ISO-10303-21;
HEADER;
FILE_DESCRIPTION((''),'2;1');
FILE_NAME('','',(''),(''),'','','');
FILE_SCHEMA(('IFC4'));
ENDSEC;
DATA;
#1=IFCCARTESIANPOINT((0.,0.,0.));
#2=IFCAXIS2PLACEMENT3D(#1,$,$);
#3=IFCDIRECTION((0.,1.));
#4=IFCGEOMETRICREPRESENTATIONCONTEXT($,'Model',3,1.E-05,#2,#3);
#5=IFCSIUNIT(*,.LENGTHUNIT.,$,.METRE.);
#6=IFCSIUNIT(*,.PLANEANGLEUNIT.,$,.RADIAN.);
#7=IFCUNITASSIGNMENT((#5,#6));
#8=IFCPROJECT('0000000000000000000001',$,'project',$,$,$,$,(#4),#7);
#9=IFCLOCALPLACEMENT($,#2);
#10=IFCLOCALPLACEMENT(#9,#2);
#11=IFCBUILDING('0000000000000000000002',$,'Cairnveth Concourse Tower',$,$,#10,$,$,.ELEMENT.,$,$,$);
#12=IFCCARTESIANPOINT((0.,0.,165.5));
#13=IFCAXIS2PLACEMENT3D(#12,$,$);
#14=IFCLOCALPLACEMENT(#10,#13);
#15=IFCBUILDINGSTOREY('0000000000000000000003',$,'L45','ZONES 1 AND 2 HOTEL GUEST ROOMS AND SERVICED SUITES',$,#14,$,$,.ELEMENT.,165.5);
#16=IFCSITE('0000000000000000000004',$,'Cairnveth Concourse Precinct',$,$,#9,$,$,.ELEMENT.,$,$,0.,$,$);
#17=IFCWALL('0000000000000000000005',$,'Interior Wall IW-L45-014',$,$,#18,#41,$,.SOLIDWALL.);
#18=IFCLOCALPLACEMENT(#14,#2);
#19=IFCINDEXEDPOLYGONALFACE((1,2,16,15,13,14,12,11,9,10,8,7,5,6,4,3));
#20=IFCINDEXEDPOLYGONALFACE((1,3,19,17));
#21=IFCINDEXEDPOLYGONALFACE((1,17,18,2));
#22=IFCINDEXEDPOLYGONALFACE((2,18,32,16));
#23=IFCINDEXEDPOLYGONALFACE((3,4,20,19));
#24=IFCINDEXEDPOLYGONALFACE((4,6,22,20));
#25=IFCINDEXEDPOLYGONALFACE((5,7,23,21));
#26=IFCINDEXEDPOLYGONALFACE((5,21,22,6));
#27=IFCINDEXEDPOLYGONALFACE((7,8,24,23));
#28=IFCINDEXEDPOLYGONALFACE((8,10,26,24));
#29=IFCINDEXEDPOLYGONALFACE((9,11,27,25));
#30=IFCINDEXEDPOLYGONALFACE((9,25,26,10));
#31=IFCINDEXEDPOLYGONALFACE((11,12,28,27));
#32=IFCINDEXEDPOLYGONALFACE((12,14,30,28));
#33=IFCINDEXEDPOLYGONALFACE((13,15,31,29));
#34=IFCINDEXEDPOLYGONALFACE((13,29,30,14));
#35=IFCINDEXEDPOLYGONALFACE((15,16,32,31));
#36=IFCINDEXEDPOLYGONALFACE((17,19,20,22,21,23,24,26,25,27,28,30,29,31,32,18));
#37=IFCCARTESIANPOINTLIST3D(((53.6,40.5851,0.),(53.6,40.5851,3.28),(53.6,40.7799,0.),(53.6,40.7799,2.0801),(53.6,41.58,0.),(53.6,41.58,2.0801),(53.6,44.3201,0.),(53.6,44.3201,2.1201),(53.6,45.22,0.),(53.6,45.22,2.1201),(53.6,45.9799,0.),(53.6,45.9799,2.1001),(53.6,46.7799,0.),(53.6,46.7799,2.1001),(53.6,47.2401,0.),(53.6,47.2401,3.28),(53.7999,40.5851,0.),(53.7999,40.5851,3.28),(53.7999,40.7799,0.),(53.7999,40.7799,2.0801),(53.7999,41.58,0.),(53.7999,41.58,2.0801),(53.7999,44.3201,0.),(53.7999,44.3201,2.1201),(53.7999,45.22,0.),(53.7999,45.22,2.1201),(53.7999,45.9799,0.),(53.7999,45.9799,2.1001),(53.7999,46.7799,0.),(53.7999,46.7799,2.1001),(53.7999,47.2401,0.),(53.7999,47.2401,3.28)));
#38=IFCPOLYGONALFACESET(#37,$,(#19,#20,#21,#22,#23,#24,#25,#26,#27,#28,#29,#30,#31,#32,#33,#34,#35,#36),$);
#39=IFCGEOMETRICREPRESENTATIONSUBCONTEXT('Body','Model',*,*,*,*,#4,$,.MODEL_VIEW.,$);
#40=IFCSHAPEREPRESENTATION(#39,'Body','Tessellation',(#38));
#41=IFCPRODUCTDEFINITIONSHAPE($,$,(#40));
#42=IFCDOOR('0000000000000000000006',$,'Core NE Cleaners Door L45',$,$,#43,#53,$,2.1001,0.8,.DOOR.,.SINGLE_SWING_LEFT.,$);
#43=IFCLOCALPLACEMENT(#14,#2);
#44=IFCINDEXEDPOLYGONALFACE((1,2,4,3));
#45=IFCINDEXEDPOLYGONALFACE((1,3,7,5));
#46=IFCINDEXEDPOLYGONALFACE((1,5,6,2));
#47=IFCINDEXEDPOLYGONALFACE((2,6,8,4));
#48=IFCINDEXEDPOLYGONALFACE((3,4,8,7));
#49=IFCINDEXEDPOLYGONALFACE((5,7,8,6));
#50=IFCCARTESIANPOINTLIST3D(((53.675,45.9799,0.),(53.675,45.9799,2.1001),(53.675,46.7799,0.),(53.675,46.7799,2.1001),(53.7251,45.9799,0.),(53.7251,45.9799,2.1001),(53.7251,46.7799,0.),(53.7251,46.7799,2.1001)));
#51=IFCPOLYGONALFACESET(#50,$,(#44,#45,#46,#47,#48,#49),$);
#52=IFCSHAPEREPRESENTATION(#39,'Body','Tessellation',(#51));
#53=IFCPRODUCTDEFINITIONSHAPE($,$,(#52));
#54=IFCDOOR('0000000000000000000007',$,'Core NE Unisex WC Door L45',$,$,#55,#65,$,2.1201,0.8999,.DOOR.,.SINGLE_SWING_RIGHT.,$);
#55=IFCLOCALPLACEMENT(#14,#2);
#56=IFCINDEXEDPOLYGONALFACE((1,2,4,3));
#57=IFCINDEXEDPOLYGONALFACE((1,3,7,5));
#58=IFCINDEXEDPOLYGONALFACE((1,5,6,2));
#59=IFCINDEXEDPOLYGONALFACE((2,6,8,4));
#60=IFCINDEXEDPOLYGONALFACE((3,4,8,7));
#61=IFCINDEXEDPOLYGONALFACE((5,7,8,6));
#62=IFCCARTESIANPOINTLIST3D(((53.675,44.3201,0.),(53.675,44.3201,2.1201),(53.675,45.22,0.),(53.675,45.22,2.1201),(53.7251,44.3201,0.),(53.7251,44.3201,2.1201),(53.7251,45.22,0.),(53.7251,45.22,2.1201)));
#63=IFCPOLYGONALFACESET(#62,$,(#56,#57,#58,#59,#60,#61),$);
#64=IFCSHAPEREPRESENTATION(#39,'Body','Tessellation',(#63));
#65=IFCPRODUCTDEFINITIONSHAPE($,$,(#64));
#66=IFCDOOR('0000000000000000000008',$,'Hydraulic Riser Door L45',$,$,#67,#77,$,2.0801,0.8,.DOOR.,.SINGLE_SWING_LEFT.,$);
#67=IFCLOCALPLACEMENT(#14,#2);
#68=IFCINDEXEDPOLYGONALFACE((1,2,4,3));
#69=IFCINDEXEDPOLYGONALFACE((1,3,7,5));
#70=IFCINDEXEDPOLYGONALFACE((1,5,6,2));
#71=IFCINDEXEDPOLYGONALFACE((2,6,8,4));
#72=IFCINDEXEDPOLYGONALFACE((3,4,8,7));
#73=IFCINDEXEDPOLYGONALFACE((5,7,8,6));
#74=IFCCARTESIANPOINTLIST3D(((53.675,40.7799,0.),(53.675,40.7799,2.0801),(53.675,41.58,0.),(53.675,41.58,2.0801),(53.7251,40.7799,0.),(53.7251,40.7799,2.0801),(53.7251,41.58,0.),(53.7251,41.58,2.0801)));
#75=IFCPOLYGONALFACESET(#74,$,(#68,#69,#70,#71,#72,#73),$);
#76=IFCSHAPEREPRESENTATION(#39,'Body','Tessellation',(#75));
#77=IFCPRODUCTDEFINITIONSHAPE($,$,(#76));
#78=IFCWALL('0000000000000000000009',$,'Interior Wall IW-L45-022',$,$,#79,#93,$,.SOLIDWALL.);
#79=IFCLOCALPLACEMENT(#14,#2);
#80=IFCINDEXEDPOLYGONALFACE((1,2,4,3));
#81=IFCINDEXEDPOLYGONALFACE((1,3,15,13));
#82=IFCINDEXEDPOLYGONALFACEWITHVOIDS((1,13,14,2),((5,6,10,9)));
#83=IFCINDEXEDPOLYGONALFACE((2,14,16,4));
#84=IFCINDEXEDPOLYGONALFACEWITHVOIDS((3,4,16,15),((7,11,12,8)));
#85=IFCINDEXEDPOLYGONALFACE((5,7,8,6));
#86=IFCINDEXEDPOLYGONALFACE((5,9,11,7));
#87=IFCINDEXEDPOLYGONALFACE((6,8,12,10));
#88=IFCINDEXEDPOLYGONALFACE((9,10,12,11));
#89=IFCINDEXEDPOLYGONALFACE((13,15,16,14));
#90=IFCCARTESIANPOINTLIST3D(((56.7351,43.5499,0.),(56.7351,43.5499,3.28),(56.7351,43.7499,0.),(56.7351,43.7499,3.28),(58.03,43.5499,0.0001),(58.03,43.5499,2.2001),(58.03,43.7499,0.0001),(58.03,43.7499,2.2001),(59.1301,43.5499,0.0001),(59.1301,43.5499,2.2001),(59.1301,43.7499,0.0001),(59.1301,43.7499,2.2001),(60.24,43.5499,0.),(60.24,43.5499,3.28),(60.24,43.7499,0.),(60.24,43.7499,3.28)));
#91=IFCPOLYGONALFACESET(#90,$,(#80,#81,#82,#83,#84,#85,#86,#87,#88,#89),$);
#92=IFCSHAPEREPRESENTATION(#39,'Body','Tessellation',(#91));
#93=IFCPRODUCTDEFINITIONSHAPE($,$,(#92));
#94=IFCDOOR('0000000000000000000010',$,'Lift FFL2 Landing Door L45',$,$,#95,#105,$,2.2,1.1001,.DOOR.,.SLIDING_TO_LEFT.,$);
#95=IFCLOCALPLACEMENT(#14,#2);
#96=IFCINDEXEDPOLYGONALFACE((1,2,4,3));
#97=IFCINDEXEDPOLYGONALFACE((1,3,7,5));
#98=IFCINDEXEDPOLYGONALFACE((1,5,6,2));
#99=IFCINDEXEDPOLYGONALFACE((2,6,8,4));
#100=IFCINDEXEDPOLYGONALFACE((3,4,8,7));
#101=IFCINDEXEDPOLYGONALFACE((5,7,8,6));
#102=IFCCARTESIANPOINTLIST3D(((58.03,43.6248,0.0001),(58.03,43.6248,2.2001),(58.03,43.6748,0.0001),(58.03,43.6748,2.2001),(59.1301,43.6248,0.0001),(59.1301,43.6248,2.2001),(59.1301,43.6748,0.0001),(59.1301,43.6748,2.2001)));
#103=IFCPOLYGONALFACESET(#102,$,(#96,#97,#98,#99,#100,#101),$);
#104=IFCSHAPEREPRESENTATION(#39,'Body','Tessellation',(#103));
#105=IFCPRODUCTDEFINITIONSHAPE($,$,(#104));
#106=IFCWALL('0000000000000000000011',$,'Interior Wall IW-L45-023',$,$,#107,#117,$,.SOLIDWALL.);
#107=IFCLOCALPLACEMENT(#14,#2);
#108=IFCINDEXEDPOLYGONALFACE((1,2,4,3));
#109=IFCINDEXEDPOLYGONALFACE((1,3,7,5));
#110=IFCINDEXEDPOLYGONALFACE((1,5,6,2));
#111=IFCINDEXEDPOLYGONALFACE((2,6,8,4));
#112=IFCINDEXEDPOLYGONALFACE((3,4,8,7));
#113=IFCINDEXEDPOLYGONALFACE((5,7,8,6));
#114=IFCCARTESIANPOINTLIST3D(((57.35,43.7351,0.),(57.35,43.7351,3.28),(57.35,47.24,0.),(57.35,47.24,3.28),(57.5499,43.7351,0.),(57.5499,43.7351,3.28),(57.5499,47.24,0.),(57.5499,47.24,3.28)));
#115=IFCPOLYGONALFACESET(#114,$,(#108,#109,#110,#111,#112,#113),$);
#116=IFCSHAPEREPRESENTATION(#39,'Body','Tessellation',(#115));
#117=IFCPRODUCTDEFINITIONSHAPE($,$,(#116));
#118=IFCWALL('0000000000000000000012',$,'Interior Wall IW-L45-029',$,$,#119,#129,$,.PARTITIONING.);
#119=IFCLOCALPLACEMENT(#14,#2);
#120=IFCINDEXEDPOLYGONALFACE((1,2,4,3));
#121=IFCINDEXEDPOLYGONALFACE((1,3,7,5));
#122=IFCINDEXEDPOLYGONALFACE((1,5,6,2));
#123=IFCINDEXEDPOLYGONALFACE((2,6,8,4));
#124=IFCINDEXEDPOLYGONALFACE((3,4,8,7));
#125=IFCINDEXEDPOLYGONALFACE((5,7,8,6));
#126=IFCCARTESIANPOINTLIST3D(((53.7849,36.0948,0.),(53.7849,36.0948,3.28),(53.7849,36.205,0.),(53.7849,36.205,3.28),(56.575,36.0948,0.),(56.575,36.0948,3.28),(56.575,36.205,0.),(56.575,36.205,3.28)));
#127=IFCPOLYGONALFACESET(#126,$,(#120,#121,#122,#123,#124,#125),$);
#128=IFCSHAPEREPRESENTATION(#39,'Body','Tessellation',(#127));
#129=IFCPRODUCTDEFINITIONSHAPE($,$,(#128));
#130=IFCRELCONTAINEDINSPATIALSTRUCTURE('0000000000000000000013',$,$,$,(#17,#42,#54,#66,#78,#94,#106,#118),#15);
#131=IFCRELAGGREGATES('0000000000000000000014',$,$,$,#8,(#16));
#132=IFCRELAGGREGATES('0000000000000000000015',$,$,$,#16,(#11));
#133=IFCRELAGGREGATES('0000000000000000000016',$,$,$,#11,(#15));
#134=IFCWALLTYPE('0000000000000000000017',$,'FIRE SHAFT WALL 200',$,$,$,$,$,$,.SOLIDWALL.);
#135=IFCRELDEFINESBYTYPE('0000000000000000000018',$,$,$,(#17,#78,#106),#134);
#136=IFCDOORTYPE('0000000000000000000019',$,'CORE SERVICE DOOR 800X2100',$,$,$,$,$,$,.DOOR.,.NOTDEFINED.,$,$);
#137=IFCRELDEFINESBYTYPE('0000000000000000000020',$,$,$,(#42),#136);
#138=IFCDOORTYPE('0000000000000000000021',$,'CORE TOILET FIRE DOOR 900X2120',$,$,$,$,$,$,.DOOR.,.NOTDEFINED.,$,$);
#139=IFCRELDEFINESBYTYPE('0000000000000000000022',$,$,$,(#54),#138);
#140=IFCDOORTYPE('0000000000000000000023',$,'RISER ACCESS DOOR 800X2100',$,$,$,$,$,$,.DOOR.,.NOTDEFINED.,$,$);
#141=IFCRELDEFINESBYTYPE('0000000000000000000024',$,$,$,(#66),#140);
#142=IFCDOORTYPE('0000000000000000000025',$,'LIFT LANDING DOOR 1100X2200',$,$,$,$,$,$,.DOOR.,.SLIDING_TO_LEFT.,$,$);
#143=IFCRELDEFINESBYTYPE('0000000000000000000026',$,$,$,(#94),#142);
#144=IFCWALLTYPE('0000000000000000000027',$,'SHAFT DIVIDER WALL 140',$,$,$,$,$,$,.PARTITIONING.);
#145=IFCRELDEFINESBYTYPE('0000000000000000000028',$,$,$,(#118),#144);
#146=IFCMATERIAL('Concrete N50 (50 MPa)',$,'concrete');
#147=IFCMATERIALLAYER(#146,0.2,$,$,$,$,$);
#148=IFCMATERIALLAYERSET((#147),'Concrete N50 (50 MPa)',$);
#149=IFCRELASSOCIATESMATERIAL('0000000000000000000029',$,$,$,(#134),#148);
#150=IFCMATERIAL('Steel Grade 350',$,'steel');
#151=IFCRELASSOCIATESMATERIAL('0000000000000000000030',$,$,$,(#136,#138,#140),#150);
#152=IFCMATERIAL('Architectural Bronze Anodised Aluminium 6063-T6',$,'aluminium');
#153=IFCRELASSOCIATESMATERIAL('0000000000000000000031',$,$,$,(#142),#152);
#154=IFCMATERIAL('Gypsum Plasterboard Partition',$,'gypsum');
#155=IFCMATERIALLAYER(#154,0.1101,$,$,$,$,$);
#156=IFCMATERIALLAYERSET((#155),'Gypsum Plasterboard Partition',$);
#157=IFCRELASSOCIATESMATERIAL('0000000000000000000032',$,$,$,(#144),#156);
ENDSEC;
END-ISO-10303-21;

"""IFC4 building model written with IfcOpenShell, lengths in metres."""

from ifc_helpers import new_model, si_unit, direction, frame, frame_2d, origin, place, context, subcontext, project, spatial, rectangle, extrude, material, layer, layer_set, type_object, element, fill, save


model = new_model("IFC4")

# Units and contexts
model_context = context("Model", 3, precision=1e-05, world=origin(), true_north=direction((0.0, 1.0)))
body_context = subcontext(model_context, "Body", "Model", "MODEL_VIEW")
ifc_project = project(units=[si_unit("LENGTHUNIT", "METRE"), si_unit("PLANEANGLEUNIT", "RADIAN")], contexts=[model_context])

# Site, building, storey
site_placement = place(None, origin())
site = spatial("IfcSite", under=ifc_project, at=site_placement, Name="Cairnveth Concourse Precinct", CompositionType="ELEMENT", RefElevation=0.0)
building_placement = place(site_placement, origin())
building = spatial("IfcBuilding", under=site, at=building_placement, Name="Cairnveth Concourse Tower", CompositionType="ELEMENT")
storey_placement = place(building_placement, frame((0.0, 0.0, 165.5)))
storey = spatial("IfcBuildingStorey", under=building, at=storey_placement, Name="L45", Description="ZONES 1 AND 2 HOTEL GUEST ROOMS AND SERVICED SUITES", CompositionType="ELEMENT", Elevation=165.5)

# Shared definitions
ifc_material_1 = material(Name="Steel Grade 350", Category="steel")

# Shared definitions
ifc_material_2 = material(Name="Gypsum Plasterboard Partition", Category="gypsum")
ifc_material_3 = material(Name="Concrete N50 (50 MPa)", Category="concrete")

# Shared definitions
ifc_layer_1 = layer(ifc_material_3, 0.2)
ifc_layer_set_1 = layer_set([ifc_layer_1], Name="Concrete N50 (50 MPa)")
wall_type_1 = type_object("IfcWallType", Name="FIRE SHAFT WALL 200", PredefinedType="SOLIDWALL", material=ifc_layer_set_1)

# Wall, openings, doors
wall_1_placement = place(storey_placement, frame((53.7, 40.585, 0.0), z_axis=(0.0, 0.0, 1.0), x_axis=(0.0, 1.0, 0.0)))
wall_1 = element("IfcWall", 1, at=wall_1_placement, inside=storey, type_object=wall_type_1, Name="Interior Wall IW-L45-014", PredefinedType="SOLIDWALL", context=body_context, shape_type="SweptSolid", body=[
    extrude(rectangle(XDim=6.655, YDim=0.2, at=frame_2d((3.3276, 0.0))), origin(), (0.0, 0.0, 1.0), 3.28),
])
opening_1_placement = place(wall_1_placement, frame((0.1951, 0.0, 0.0)))
opening_1 = element("IfcOpeningElement", 2, at=opening_1_placement, cuts=wall_1, PredefinedType="OPENING", context=body_context, shape_type="SweptSolid", body=[
    extrude(rectangle(XDim=0.8, YDim=2.0801, at=frame_2d((0.3999, 1.04))), frame((0.0, 0.1099, 0.0), z_axis=(0.0, -1.0, 0.0), x_axis=(1.0, 0.0, 0.0)), (0.0, 0.0, 1.0), 0.22),
])
opening_2_placement = place(wall_1_placement, frame((3.7351, 0.0, 0.0)))
opening_2 = element("IfcOpeningElement", 3, at=opening_2_placement, cuts=wall_1, PredefinedType="OPENING", context=body_context, shape_type="SweptSolid", body=[
    extrude(rectangle(XDim=0.8999, YDim=2.1201, at=frame_2d((0.45, 1.0601))), frame((0.0, 0.1099, 0.0), z_axis=(0.0, -1.0, 0.0), x_axis=(1.0, 0.0, 0.0)), (0.0, 0.0, 1.0), 0.22),
])
opening_3_placement = place(wall_1_placement, frame((5.395, 0.0, 0.0)))
opening_3 = element("IfcOpeningElement", 4, at=opening_3_placement, cuts=wall_1, PredefinedType="OPENING", context=body_context, shape_type="SweptSolid", body=[
    extrude(rectangle(XDim=0.8, YDim=2.1001, at=frame_2d((0.3999, 1.05))), frame((0.0, 0.1099, 0.0), z_axis=(0.0, -1.0, 0.0), x_axis=(1.0, 0.0, 0.0)), (0.0, 0.0, 1.0), 0.22),
])
door_type_1 = type_object("IfcDoorType", Name="CORE SERVICE DOOR 800X2100", OperationType="NOTDEFINED", PredefinedType="DOOR", material=ifc_material_1)
door_1_placement = place(opening_3_placement, origin())
door_1 = element("IfcDoor", 5, at=door_1_placement, inside=storey, type_object=door_type_1, Name="Core NE Cleaners Door L45", OperationType="SINGLE_SWING_LEFT", OverallHeight=2.1001, OverallWidth=0.8, PredefinedType="DOOR", context=body_context, shape_type="SweptSolid", body=[
    extrude(rectangle(XDim=0.8, YDim=2.1001, at=frame_2d((0.3999, 1.05))), frame((0.0, 0.0249, 0.0), z_axis=(0.0, -1.0, 0.0), x_axis=(1.0, 0.0, 0.0)), (0.0, 0.0, 1.0), 0.05),
])
fill(opening_3, door_1)
door_type_2 = type_object("IfcDoorType", Name="CORE TOILET FIRE DOOR 900X2120", OperationType="NOTDEFINED", PredefinedType="DOOR", material=ifc_material_1)
door_2_placement = place(opening_2_placement, origin())
door_2 = element("IfcDoor", 6, at=door_2_placement, inside=storey, type_object=door_type_2, Name="Core NE Unisex WC Door L45", OperationType="SINGLE_SWING_RIGHT", OverallHeight=2.1201, OverallWidth=0.8999, PredefinedType="DOOR", context=body_context, shape_type="SweptSolid", body=[
    extrude(rectangle(XDim=0.8999, YDim=2.1201, at=frame_2d((0.45, 1.0601))), frame((0.0, 0.0249, 0.0), z_axis=(0.0, -1.0, 0.0), x_axis=(1.0, 0.0, 0.0)), (0.0, 0.0, 1.0), 0.05),
])
fill(opening_2, door_2)
door_type_3 = type_object("IfcDoorType", Name="RISER ACCESS DOOR 800X2100", OperationType="NOTDEFINED", PredefinedType="DOOR", material=ifc_material_1)
door_3_placement = place(opening_1_placement, origin())
door_3 = element("IfcDoor", 7, at=door_3_placement, inside=storey, type_object=door_type_3, Name="Hydraulic Riser Door L45", OperationType="SINGLE_SWING_LEFT", OverallHeight=2.0801, OverallWidth=0.8, PredefinedType="DOOR", context=body_context, shape_type="SweptSolid", body=[
    extrude(rectangle(XDim=0.8, YDim=2.0801, at=frame_2d((0.3999, 1.04))), frame((0.0, 0.0249, 0.0), z_axis=(0.0, -1.0, 0.0), x_axis=(1.0, 0.0, 0.0)), (0.0, 0.0, 1.0), 0.05),
])
fill(opening_1, door_3)

# Wall, opening, door
wall_2_placement = place(storey_placement, frame((56.7351, 43.6499, 0.0), z_axis=(0.0, 0.0, 1.0), x_axis=(1.0, 0.0, 0.0)))
wall_2 = element("IfcWall", 8, at=wall_2_placement, inside=storey, type_object=wall_type_1, Name="Interior Wall IW-L45-022", PredefinedType="SOLIDWALL", context=body_context, shape_type="SweptSolid", body=[
    extrude(rectangle(XDim=3.5049, YDim=0.2, at=frame_2d((1.7524, 0.0))), origin(), (0.0, 0.0, 1.0), 3.28),
])
opening_4_placement = place(wall_2_placement, frame((1.2949, 0.0, 0.0)))
opening_4 = element("IfcOpeningElement", 9, at=opening_4_placement, cuts=wall_2, PredefinedType="OPENING", context=body_context, shape_type="SweptSolid", body=[
    extrude(rectangle(XDim=1.1001, YDim=2.2, at=frame_2d((0.55, 1.1001))), frame((0.0, 0.1099, 0.0), z_axis=(0.0, -1.0, 0.0), x_axis=(1.0, 0.0, 0.0)), (0.0, 0.0, 1.0), 0.22),
])
ifc_material_4 = material(Name="Architectural Bronze Anodised Aluminium 6063-T6", Category="aluminium")
door_type_4 = type_object("IfcDoorType", Name="LIFT LANDING DOOR 1100X2200", OperationType="SLIDING_TO_LEFT", PredefinedType="DOOR", material=ifc_material_4)
door_4_placement = place(opening_4_placement, origin())
door_4 = element("IfcDoor", 10, at=door_4_placement, inside=storey, type_object=door_type_4, Name="Lift FFL2 Landing Door L45", OperationType="SLIDING_TO_LEFT", OverallHeight=2.2, OverallWidth=1.1001, PredefinedType="DOOR", context=body_context, shape_type="SweptSolid", body=[
    extrude(rectangle(XDim=1.1001, YDim=2.2, at=frame_2d((0.55, 1.1001))), frame((0.0, 0.0249, 0.0), z_axis=(0.0, -1.0, 0.0), x_axis=(1.0, 0.0, 0.0)), (0.0, 0.0, 1.0), 0.05),
])
fill(opening_4, door_4)

# Walls
wall_3_placement = place(storey_placement, frame((57.45, 43.7351, 0.0), z_axis=(0.0, 0.0, 1.0), x_axis=(0.0, 1.0, 0.0)))
element("IfcWall", 11, at=wall_3_placement, inside=storey, type_object=wall_type_1, Name="Interior Wall IW-L45-023", PredefinedType="SOLIDWALL", context=body_context, shape_type="SweptSolid", body=[
    extrude(rectangle(XDim=3.5049, YDim=0.2, at=frame_2d((1.7524, 0.0))), origin(), (0.0, 0.0, 1.0), 3.28),
])
ifc_layer_2 = layer(ifc_material_2, 0.1101)
ifc_layer_set_2 = layer_set([ifc_layer_2], Name="Gypsum Plasterboard Partition")
wall_type_2 = type_object("IfcWallType", Name="SHAFT DIVIDER WALL 140", PredefinedType="PARTITIONING", material=ifc_layer_set_2)
wall_4_placement = place(storey_placement, frame((53.7849, 36.1499, 0.0), z_axis=(0.0, 0.0, 1.0), x_axis=(1.0, 0.0, 0.0)))
element("IfcWall", 12, at=wall_4_placement, inside=storey, type_object=wall_type_2, Name="Interior Wall IW-L45-029", PredefinedType="PARTITIONING", context=body_context, shape_type="SweptSolid", body=[
    extrude(rectangle(XDim=2.79, YDim=0.1101, at=frame_2d((1.395, 0.0))), origin(), (0.0, 0.0, 1.0), 3.28),
])

save(model, "model.ifc")
